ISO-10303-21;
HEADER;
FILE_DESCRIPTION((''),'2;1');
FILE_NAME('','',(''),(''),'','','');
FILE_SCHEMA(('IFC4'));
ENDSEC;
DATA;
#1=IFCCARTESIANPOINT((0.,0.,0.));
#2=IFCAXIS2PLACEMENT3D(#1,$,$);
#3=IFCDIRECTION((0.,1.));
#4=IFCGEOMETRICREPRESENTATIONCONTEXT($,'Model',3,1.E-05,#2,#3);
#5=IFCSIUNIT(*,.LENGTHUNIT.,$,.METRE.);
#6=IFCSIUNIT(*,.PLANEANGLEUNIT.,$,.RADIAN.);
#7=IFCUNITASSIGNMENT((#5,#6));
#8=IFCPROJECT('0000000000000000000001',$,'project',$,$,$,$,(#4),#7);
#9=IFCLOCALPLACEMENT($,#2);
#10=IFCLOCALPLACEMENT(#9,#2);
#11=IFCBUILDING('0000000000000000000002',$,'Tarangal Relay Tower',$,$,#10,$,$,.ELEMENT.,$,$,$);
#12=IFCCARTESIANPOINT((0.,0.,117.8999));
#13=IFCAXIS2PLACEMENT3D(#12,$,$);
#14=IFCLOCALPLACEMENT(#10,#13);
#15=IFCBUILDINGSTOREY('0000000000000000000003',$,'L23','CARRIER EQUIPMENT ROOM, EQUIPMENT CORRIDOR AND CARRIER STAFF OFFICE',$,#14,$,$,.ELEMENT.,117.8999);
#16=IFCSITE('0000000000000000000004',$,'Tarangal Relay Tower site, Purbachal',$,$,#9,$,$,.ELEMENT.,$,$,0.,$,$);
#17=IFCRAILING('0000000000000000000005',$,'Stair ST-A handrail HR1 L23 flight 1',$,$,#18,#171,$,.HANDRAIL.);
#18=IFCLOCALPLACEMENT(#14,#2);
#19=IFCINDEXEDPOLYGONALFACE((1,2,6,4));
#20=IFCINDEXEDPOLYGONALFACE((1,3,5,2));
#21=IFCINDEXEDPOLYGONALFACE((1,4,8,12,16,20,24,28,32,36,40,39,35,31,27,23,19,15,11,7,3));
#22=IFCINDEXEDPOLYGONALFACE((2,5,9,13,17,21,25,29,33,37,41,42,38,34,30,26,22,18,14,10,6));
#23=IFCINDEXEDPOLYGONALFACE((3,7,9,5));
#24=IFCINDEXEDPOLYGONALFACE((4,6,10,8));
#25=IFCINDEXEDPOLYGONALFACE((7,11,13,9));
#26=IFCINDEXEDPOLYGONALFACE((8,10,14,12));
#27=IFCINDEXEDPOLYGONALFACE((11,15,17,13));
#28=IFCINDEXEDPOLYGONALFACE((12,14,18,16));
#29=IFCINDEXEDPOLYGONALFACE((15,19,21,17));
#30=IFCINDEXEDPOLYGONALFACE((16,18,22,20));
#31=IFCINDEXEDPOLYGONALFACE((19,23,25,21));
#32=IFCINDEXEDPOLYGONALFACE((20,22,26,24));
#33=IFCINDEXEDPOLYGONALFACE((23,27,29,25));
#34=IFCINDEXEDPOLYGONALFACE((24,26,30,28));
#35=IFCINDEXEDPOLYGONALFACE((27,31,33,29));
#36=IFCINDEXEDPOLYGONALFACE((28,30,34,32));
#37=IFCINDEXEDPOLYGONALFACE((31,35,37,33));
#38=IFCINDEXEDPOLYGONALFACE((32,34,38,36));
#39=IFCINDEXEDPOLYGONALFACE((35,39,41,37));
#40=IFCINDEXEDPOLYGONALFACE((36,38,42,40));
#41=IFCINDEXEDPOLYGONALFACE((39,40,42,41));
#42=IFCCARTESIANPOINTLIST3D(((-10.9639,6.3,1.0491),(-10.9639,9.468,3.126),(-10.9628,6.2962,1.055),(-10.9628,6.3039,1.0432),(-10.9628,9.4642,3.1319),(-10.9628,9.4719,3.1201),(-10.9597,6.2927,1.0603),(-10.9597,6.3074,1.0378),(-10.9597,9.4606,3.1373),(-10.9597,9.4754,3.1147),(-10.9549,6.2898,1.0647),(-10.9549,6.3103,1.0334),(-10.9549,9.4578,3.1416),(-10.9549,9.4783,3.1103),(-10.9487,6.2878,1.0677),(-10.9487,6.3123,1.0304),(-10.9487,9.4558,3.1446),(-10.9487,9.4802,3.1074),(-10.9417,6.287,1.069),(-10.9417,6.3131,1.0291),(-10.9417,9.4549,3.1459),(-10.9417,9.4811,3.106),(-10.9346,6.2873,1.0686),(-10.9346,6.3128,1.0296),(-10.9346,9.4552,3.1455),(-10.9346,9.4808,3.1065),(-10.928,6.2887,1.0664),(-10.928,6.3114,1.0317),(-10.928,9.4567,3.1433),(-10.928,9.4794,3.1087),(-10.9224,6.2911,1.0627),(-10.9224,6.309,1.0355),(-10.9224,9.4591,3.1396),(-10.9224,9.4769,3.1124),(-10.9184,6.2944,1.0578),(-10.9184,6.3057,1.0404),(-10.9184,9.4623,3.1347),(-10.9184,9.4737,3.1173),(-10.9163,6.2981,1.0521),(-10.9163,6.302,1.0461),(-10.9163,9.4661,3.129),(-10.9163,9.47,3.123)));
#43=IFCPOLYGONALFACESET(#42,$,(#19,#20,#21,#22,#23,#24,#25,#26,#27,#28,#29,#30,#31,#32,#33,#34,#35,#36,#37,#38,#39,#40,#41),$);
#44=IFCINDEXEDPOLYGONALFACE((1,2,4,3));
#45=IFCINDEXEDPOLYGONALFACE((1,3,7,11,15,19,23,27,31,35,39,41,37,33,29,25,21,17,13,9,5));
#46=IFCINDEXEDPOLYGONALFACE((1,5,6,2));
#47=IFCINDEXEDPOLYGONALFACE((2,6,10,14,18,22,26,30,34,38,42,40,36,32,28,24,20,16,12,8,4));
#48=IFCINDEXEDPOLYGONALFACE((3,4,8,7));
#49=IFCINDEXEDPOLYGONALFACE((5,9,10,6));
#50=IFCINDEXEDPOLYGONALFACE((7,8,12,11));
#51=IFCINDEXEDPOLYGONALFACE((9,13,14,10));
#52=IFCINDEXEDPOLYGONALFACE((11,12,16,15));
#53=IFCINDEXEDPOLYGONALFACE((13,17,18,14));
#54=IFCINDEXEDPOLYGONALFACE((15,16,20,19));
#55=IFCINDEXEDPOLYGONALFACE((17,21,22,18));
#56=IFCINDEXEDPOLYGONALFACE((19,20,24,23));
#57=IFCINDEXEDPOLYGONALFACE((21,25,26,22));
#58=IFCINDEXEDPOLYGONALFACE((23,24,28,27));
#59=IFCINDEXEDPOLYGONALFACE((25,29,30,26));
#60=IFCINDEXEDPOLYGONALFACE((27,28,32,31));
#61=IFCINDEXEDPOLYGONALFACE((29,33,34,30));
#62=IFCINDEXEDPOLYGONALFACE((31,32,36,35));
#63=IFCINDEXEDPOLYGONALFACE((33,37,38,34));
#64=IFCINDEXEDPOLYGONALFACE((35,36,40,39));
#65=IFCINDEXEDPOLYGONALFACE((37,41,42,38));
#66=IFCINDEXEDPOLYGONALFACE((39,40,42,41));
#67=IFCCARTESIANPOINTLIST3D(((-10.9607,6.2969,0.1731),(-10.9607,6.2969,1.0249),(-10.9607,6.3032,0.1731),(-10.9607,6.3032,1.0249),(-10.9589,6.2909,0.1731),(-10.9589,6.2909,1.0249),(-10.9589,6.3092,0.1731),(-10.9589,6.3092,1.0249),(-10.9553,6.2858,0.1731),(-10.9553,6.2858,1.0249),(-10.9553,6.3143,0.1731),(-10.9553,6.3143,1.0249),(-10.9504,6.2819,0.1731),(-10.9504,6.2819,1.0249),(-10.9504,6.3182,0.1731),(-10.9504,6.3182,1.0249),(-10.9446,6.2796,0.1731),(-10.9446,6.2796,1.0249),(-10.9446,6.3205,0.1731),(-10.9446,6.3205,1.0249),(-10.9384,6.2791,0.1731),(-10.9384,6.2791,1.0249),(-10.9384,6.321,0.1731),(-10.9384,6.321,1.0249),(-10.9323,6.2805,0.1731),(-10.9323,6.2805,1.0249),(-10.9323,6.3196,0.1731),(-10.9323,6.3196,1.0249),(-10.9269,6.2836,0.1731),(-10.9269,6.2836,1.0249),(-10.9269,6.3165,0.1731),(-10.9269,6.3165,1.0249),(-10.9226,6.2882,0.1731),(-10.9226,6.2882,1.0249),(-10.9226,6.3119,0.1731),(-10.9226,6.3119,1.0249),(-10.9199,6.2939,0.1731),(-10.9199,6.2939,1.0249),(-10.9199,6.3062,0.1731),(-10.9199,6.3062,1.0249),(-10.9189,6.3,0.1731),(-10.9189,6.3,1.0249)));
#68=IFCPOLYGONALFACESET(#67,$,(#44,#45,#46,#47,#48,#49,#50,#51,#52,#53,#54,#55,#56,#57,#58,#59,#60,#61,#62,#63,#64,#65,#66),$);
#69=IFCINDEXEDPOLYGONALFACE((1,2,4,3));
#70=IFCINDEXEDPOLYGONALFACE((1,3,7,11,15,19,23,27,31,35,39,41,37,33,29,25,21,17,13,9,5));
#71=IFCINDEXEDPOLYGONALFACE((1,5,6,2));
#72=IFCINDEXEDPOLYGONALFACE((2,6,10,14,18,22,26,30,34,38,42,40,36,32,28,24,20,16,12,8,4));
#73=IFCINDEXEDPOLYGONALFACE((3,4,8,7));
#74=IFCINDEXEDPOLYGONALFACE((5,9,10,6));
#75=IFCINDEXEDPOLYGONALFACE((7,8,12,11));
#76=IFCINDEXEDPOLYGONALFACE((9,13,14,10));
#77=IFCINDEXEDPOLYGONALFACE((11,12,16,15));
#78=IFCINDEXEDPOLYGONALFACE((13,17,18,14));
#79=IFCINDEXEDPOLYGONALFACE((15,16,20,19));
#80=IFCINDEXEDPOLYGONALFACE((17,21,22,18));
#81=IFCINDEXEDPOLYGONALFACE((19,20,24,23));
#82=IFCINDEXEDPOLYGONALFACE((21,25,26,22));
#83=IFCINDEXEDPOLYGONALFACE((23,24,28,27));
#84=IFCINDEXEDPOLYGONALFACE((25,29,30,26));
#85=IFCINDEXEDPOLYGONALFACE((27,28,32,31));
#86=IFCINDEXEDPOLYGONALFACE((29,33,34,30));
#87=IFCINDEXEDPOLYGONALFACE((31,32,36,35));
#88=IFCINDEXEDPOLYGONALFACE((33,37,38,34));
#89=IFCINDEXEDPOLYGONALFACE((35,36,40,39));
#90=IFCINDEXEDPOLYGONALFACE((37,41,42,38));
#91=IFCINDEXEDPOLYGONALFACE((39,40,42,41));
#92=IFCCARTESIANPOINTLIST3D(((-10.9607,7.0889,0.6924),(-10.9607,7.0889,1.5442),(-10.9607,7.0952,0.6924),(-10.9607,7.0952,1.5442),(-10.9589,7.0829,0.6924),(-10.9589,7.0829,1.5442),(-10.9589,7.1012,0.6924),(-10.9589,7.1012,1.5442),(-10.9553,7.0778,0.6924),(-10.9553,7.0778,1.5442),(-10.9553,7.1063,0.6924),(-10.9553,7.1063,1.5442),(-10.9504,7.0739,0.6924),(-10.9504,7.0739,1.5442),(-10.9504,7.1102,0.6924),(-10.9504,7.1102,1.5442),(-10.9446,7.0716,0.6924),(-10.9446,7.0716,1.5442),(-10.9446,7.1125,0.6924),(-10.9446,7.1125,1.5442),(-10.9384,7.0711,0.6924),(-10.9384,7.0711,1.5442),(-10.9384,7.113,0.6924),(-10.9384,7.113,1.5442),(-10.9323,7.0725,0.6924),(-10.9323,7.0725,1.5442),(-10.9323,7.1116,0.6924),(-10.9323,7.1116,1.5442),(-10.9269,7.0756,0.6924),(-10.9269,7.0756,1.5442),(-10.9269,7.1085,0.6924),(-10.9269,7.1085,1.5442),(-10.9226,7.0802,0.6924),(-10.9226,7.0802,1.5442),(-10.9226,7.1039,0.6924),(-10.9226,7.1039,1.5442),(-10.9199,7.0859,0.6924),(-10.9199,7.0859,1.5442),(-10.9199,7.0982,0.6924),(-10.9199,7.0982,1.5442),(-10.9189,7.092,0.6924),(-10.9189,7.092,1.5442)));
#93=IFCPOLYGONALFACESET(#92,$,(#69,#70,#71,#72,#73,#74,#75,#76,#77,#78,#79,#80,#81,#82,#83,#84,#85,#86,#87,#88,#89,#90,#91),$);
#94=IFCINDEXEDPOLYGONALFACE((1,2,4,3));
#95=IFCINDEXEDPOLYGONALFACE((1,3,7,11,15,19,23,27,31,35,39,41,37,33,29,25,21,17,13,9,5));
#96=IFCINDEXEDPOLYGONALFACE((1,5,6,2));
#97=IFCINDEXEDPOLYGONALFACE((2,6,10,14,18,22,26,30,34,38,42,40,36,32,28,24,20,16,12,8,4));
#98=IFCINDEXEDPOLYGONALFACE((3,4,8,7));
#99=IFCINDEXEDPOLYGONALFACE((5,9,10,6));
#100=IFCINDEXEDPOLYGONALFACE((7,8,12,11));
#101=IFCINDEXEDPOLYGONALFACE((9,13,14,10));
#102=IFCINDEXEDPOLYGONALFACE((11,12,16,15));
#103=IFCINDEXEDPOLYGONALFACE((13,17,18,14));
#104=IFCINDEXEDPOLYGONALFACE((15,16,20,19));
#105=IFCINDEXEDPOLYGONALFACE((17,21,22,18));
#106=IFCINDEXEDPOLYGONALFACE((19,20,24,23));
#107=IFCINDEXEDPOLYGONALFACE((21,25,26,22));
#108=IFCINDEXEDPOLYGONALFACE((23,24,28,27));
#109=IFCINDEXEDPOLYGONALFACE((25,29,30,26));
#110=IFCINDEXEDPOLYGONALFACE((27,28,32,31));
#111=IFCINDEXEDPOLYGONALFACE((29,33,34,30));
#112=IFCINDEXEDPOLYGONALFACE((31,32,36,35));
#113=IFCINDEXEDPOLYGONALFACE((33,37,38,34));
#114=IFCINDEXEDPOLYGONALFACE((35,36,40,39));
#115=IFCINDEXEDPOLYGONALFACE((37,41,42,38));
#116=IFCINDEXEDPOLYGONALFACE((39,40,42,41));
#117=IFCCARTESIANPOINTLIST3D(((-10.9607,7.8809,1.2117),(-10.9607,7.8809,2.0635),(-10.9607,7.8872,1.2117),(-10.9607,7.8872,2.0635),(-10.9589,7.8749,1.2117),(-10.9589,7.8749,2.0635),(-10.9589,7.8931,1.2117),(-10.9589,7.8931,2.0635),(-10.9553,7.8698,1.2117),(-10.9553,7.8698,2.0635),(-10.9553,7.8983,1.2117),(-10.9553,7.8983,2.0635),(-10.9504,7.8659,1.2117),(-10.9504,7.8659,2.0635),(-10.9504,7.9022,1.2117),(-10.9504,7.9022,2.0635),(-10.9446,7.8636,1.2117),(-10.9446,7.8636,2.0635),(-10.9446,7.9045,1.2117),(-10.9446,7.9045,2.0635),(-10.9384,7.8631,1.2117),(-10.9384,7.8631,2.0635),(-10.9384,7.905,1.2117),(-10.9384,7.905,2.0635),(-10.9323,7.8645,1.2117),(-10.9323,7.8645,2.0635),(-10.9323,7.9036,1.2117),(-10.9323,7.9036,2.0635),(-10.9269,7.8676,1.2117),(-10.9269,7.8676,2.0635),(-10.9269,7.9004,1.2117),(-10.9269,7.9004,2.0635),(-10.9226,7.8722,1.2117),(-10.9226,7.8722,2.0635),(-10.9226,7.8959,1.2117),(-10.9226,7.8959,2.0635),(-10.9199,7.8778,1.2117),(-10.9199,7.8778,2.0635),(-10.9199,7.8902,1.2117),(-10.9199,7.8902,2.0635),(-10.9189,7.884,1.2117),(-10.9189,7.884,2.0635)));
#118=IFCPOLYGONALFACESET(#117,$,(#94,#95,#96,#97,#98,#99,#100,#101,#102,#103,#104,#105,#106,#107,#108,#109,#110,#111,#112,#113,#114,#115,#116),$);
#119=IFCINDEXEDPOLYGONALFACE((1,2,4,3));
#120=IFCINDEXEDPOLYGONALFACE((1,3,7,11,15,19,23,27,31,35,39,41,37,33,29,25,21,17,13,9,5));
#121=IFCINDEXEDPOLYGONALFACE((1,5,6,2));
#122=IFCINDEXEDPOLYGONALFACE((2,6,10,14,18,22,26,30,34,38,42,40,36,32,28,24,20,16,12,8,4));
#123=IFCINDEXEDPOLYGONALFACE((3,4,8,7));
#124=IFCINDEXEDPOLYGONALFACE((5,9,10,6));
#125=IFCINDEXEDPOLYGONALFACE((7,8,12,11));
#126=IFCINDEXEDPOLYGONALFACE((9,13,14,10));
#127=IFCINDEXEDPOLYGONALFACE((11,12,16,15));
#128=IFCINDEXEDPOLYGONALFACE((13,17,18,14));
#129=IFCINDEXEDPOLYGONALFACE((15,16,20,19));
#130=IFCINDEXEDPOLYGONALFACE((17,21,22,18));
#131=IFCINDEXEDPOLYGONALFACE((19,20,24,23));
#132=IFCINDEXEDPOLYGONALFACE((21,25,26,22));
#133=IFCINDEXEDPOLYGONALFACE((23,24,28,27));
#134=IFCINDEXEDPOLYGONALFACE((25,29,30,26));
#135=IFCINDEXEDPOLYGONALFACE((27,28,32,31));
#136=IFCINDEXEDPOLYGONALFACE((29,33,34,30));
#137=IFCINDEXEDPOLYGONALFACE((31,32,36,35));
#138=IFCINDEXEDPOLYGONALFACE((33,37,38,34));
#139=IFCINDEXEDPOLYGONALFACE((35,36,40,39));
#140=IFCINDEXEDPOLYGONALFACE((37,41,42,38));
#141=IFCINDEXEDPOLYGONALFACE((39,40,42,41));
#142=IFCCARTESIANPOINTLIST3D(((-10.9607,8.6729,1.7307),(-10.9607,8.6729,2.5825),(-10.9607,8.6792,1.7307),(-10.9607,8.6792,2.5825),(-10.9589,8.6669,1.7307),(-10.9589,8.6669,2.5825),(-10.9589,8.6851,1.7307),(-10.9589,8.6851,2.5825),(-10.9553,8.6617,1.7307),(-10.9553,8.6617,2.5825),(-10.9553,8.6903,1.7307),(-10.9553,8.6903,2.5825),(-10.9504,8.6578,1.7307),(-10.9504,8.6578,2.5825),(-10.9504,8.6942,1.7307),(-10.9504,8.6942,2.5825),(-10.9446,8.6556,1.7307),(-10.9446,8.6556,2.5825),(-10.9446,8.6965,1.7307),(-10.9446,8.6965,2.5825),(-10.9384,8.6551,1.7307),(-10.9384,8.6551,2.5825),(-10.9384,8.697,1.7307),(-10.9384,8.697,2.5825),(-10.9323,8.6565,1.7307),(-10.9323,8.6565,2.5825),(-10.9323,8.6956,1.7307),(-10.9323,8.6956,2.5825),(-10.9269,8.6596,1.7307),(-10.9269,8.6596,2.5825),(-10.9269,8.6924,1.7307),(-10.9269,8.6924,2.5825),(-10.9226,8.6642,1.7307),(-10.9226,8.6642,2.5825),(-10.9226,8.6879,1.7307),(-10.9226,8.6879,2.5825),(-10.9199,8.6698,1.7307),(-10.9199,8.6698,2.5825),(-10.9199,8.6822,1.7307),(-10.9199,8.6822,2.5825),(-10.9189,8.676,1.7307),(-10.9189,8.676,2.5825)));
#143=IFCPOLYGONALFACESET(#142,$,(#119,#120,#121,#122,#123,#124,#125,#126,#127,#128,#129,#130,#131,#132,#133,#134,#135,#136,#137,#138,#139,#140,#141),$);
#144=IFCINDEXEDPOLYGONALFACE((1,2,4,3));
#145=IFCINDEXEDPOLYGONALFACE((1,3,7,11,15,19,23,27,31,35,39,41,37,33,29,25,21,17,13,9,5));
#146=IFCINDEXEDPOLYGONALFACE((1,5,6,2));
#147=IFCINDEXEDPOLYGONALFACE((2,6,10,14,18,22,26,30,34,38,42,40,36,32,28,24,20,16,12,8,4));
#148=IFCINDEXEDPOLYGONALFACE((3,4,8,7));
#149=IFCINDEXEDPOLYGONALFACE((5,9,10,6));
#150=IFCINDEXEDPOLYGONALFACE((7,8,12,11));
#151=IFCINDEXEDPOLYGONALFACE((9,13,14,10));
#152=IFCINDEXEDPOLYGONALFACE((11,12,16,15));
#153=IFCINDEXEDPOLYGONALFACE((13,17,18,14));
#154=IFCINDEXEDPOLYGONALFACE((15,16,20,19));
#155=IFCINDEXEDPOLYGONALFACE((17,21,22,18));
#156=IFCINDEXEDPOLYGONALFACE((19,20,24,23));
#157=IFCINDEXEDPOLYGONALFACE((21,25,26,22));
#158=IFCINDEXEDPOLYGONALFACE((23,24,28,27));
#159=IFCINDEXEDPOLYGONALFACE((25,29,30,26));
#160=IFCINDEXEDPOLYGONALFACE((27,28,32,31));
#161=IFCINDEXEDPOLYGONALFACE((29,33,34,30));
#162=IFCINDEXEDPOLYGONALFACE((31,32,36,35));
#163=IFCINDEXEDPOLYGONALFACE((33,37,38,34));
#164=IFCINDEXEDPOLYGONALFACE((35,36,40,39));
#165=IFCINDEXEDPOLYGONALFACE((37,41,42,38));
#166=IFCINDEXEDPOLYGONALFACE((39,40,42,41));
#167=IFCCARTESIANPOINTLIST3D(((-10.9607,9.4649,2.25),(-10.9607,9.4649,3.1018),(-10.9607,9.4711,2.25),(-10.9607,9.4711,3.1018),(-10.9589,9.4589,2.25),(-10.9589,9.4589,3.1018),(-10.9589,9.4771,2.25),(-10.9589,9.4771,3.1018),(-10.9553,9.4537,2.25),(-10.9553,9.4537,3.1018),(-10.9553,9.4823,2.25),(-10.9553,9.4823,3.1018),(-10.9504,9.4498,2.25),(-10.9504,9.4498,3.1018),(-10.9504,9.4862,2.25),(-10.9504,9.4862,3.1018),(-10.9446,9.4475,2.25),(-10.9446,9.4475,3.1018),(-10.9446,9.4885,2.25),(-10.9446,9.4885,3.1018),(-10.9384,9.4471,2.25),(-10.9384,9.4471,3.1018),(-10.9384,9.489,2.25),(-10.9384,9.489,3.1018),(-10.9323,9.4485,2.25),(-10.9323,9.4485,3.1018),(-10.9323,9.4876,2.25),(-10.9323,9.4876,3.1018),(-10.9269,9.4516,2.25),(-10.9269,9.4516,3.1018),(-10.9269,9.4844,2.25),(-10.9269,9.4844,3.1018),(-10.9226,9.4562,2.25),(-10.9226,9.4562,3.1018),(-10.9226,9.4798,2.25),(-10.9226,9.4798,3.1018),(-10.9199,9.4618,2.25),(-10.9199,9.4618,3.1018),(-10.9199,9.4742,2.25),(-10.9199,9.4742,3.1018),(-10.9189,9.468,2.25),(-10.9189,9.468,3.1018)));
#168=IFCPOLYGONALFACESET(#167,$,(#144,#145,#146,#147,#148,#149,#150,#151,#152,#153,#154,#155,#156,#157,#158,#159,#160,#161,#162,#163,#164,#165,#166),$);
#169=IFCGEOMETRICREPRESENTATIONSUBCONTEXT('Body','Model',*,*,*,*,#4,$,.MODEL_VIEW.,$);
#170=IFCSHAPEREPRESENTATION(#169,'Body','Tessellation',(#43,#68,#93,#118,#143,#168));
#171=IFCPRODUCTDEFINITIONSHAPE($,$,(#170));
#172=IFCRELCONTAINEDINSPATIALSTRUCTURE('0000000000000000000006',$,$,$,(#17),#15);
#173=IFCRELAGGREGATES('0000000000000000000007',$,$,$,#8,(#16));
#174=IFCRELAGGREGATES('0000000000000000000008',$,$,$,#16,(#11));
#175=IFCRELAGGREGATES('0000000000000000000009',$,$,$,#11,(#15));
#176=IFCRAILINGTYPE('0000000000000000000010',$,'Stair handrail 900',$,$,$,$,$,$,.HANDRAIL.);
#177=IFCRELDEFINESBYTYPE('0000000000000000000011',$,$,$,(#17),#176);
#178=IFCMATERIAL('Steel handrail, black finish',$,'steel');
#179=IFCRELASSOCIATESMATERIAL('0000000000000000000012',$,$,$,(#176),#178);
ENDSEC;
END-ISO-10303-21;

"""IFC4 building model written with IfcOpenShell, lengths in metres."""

from ifc_helpers import new_model, si_unit, direction, frame, origin, origin_2d, place, context, subcontext, project, spatial, circle, extrude, material, type_object, element, save


model = new_model("IFC4")

# Units and contexts
model_context = context("Model", 3, precision=1e-05, world=origin(), true_north=direction((0.0, 1.0)))
body_context = subcontext(model_context, "Body", "Model", "MODEL_VIEW")
ifc_project = project(units=[si_unit("LENGTHUNIT", "METRE"), si_unit("PLANEANGLEUNIT", "RADIAN")], contexts=[model_context])

# Site, building, storey
site_placement = place(None, origin())
site = spatial("IfcSite", under=ifc_project, at=site_placement, Name="Tarangal Relay Tower site, Purbachal", CompositionType="ELEMENT", RefElevation=0.0)
building_placement = place(site_placement, origin())
building = spatial("IfcBuilding", under=site, at=building_placement, Name="Tarangal Relay Tower", CompositionType="ELEMENT")
storey_placement = place(building_placement, frame((0.0, 0.0, 117.8999)))
storey = spatial("IfcBuildingStorey", under=building, at=storey_placement, Name="L23", Description="CARRIER EQUIPMENT ROOM, EQUIPMENT CORRIDOR AND CARRIER STAFF OFFICE", CompositionType="ELEMENT", Elevation=117.8999)

# Railing
ifc_material_1 = material(Name="Steel handrail, black finish", Category="steel")
railing_type_1 = type_object("IfcRailingType", Name="Stair handrail 900", PredefinedType="HANDRAIL", material=ifc_material_1)
railing_1_placement = place(storey_placement, frame((-10.9399, 6.3, 0.1731)))
element("IfcRailing", 1, at=railing_1_placement, inside=storey, type_object=railing_type_1, Name="Stair ST-A handrail HR1 L23 flight 1", PredefinedType="HANDRAIL", context=body_context, shape_type="SweptSolid", body=[
    extrude(circle(Radius=0.0239, at=origin_2d()), frame((0.0, 0.0, 0.876), z_axis=(0.0, 0.836299, 0.548273), x_axis=(-1.0, 0.0, 0.0)), (0.0, 0.0, 1.0), 3.7881),
    extrude(circle(Radius=0.021, at=origin_2d()), origin(), (0.0, 0.0, 1.0), 0.8518),
    extrude(circle(Radius=0.021, at=origin_2d()), frame((0.0, 0.792, 0.5193)), (0.0, 0.0, 1.0), 0.8518),
    extrude(circle(Radius=0.021, at=origin_2d()), frame((0.0, 1.584, 1.0386)), (0.0, 0.0, 1.0), 0.8518),
    extrude(circle(Radius=0.021, at=origin_2d()), frame((0.0, 2.376, 1.5576)), (0.0, 0.0, 1.0), 0.8518),
    extrude(circle(Radius=0.021, at=origin_2d()), frame((0.0, 3.168, 2.0769)), (0.0, 0.0, 1.0), 0.8518),
])

save(model, "model.ifc")
